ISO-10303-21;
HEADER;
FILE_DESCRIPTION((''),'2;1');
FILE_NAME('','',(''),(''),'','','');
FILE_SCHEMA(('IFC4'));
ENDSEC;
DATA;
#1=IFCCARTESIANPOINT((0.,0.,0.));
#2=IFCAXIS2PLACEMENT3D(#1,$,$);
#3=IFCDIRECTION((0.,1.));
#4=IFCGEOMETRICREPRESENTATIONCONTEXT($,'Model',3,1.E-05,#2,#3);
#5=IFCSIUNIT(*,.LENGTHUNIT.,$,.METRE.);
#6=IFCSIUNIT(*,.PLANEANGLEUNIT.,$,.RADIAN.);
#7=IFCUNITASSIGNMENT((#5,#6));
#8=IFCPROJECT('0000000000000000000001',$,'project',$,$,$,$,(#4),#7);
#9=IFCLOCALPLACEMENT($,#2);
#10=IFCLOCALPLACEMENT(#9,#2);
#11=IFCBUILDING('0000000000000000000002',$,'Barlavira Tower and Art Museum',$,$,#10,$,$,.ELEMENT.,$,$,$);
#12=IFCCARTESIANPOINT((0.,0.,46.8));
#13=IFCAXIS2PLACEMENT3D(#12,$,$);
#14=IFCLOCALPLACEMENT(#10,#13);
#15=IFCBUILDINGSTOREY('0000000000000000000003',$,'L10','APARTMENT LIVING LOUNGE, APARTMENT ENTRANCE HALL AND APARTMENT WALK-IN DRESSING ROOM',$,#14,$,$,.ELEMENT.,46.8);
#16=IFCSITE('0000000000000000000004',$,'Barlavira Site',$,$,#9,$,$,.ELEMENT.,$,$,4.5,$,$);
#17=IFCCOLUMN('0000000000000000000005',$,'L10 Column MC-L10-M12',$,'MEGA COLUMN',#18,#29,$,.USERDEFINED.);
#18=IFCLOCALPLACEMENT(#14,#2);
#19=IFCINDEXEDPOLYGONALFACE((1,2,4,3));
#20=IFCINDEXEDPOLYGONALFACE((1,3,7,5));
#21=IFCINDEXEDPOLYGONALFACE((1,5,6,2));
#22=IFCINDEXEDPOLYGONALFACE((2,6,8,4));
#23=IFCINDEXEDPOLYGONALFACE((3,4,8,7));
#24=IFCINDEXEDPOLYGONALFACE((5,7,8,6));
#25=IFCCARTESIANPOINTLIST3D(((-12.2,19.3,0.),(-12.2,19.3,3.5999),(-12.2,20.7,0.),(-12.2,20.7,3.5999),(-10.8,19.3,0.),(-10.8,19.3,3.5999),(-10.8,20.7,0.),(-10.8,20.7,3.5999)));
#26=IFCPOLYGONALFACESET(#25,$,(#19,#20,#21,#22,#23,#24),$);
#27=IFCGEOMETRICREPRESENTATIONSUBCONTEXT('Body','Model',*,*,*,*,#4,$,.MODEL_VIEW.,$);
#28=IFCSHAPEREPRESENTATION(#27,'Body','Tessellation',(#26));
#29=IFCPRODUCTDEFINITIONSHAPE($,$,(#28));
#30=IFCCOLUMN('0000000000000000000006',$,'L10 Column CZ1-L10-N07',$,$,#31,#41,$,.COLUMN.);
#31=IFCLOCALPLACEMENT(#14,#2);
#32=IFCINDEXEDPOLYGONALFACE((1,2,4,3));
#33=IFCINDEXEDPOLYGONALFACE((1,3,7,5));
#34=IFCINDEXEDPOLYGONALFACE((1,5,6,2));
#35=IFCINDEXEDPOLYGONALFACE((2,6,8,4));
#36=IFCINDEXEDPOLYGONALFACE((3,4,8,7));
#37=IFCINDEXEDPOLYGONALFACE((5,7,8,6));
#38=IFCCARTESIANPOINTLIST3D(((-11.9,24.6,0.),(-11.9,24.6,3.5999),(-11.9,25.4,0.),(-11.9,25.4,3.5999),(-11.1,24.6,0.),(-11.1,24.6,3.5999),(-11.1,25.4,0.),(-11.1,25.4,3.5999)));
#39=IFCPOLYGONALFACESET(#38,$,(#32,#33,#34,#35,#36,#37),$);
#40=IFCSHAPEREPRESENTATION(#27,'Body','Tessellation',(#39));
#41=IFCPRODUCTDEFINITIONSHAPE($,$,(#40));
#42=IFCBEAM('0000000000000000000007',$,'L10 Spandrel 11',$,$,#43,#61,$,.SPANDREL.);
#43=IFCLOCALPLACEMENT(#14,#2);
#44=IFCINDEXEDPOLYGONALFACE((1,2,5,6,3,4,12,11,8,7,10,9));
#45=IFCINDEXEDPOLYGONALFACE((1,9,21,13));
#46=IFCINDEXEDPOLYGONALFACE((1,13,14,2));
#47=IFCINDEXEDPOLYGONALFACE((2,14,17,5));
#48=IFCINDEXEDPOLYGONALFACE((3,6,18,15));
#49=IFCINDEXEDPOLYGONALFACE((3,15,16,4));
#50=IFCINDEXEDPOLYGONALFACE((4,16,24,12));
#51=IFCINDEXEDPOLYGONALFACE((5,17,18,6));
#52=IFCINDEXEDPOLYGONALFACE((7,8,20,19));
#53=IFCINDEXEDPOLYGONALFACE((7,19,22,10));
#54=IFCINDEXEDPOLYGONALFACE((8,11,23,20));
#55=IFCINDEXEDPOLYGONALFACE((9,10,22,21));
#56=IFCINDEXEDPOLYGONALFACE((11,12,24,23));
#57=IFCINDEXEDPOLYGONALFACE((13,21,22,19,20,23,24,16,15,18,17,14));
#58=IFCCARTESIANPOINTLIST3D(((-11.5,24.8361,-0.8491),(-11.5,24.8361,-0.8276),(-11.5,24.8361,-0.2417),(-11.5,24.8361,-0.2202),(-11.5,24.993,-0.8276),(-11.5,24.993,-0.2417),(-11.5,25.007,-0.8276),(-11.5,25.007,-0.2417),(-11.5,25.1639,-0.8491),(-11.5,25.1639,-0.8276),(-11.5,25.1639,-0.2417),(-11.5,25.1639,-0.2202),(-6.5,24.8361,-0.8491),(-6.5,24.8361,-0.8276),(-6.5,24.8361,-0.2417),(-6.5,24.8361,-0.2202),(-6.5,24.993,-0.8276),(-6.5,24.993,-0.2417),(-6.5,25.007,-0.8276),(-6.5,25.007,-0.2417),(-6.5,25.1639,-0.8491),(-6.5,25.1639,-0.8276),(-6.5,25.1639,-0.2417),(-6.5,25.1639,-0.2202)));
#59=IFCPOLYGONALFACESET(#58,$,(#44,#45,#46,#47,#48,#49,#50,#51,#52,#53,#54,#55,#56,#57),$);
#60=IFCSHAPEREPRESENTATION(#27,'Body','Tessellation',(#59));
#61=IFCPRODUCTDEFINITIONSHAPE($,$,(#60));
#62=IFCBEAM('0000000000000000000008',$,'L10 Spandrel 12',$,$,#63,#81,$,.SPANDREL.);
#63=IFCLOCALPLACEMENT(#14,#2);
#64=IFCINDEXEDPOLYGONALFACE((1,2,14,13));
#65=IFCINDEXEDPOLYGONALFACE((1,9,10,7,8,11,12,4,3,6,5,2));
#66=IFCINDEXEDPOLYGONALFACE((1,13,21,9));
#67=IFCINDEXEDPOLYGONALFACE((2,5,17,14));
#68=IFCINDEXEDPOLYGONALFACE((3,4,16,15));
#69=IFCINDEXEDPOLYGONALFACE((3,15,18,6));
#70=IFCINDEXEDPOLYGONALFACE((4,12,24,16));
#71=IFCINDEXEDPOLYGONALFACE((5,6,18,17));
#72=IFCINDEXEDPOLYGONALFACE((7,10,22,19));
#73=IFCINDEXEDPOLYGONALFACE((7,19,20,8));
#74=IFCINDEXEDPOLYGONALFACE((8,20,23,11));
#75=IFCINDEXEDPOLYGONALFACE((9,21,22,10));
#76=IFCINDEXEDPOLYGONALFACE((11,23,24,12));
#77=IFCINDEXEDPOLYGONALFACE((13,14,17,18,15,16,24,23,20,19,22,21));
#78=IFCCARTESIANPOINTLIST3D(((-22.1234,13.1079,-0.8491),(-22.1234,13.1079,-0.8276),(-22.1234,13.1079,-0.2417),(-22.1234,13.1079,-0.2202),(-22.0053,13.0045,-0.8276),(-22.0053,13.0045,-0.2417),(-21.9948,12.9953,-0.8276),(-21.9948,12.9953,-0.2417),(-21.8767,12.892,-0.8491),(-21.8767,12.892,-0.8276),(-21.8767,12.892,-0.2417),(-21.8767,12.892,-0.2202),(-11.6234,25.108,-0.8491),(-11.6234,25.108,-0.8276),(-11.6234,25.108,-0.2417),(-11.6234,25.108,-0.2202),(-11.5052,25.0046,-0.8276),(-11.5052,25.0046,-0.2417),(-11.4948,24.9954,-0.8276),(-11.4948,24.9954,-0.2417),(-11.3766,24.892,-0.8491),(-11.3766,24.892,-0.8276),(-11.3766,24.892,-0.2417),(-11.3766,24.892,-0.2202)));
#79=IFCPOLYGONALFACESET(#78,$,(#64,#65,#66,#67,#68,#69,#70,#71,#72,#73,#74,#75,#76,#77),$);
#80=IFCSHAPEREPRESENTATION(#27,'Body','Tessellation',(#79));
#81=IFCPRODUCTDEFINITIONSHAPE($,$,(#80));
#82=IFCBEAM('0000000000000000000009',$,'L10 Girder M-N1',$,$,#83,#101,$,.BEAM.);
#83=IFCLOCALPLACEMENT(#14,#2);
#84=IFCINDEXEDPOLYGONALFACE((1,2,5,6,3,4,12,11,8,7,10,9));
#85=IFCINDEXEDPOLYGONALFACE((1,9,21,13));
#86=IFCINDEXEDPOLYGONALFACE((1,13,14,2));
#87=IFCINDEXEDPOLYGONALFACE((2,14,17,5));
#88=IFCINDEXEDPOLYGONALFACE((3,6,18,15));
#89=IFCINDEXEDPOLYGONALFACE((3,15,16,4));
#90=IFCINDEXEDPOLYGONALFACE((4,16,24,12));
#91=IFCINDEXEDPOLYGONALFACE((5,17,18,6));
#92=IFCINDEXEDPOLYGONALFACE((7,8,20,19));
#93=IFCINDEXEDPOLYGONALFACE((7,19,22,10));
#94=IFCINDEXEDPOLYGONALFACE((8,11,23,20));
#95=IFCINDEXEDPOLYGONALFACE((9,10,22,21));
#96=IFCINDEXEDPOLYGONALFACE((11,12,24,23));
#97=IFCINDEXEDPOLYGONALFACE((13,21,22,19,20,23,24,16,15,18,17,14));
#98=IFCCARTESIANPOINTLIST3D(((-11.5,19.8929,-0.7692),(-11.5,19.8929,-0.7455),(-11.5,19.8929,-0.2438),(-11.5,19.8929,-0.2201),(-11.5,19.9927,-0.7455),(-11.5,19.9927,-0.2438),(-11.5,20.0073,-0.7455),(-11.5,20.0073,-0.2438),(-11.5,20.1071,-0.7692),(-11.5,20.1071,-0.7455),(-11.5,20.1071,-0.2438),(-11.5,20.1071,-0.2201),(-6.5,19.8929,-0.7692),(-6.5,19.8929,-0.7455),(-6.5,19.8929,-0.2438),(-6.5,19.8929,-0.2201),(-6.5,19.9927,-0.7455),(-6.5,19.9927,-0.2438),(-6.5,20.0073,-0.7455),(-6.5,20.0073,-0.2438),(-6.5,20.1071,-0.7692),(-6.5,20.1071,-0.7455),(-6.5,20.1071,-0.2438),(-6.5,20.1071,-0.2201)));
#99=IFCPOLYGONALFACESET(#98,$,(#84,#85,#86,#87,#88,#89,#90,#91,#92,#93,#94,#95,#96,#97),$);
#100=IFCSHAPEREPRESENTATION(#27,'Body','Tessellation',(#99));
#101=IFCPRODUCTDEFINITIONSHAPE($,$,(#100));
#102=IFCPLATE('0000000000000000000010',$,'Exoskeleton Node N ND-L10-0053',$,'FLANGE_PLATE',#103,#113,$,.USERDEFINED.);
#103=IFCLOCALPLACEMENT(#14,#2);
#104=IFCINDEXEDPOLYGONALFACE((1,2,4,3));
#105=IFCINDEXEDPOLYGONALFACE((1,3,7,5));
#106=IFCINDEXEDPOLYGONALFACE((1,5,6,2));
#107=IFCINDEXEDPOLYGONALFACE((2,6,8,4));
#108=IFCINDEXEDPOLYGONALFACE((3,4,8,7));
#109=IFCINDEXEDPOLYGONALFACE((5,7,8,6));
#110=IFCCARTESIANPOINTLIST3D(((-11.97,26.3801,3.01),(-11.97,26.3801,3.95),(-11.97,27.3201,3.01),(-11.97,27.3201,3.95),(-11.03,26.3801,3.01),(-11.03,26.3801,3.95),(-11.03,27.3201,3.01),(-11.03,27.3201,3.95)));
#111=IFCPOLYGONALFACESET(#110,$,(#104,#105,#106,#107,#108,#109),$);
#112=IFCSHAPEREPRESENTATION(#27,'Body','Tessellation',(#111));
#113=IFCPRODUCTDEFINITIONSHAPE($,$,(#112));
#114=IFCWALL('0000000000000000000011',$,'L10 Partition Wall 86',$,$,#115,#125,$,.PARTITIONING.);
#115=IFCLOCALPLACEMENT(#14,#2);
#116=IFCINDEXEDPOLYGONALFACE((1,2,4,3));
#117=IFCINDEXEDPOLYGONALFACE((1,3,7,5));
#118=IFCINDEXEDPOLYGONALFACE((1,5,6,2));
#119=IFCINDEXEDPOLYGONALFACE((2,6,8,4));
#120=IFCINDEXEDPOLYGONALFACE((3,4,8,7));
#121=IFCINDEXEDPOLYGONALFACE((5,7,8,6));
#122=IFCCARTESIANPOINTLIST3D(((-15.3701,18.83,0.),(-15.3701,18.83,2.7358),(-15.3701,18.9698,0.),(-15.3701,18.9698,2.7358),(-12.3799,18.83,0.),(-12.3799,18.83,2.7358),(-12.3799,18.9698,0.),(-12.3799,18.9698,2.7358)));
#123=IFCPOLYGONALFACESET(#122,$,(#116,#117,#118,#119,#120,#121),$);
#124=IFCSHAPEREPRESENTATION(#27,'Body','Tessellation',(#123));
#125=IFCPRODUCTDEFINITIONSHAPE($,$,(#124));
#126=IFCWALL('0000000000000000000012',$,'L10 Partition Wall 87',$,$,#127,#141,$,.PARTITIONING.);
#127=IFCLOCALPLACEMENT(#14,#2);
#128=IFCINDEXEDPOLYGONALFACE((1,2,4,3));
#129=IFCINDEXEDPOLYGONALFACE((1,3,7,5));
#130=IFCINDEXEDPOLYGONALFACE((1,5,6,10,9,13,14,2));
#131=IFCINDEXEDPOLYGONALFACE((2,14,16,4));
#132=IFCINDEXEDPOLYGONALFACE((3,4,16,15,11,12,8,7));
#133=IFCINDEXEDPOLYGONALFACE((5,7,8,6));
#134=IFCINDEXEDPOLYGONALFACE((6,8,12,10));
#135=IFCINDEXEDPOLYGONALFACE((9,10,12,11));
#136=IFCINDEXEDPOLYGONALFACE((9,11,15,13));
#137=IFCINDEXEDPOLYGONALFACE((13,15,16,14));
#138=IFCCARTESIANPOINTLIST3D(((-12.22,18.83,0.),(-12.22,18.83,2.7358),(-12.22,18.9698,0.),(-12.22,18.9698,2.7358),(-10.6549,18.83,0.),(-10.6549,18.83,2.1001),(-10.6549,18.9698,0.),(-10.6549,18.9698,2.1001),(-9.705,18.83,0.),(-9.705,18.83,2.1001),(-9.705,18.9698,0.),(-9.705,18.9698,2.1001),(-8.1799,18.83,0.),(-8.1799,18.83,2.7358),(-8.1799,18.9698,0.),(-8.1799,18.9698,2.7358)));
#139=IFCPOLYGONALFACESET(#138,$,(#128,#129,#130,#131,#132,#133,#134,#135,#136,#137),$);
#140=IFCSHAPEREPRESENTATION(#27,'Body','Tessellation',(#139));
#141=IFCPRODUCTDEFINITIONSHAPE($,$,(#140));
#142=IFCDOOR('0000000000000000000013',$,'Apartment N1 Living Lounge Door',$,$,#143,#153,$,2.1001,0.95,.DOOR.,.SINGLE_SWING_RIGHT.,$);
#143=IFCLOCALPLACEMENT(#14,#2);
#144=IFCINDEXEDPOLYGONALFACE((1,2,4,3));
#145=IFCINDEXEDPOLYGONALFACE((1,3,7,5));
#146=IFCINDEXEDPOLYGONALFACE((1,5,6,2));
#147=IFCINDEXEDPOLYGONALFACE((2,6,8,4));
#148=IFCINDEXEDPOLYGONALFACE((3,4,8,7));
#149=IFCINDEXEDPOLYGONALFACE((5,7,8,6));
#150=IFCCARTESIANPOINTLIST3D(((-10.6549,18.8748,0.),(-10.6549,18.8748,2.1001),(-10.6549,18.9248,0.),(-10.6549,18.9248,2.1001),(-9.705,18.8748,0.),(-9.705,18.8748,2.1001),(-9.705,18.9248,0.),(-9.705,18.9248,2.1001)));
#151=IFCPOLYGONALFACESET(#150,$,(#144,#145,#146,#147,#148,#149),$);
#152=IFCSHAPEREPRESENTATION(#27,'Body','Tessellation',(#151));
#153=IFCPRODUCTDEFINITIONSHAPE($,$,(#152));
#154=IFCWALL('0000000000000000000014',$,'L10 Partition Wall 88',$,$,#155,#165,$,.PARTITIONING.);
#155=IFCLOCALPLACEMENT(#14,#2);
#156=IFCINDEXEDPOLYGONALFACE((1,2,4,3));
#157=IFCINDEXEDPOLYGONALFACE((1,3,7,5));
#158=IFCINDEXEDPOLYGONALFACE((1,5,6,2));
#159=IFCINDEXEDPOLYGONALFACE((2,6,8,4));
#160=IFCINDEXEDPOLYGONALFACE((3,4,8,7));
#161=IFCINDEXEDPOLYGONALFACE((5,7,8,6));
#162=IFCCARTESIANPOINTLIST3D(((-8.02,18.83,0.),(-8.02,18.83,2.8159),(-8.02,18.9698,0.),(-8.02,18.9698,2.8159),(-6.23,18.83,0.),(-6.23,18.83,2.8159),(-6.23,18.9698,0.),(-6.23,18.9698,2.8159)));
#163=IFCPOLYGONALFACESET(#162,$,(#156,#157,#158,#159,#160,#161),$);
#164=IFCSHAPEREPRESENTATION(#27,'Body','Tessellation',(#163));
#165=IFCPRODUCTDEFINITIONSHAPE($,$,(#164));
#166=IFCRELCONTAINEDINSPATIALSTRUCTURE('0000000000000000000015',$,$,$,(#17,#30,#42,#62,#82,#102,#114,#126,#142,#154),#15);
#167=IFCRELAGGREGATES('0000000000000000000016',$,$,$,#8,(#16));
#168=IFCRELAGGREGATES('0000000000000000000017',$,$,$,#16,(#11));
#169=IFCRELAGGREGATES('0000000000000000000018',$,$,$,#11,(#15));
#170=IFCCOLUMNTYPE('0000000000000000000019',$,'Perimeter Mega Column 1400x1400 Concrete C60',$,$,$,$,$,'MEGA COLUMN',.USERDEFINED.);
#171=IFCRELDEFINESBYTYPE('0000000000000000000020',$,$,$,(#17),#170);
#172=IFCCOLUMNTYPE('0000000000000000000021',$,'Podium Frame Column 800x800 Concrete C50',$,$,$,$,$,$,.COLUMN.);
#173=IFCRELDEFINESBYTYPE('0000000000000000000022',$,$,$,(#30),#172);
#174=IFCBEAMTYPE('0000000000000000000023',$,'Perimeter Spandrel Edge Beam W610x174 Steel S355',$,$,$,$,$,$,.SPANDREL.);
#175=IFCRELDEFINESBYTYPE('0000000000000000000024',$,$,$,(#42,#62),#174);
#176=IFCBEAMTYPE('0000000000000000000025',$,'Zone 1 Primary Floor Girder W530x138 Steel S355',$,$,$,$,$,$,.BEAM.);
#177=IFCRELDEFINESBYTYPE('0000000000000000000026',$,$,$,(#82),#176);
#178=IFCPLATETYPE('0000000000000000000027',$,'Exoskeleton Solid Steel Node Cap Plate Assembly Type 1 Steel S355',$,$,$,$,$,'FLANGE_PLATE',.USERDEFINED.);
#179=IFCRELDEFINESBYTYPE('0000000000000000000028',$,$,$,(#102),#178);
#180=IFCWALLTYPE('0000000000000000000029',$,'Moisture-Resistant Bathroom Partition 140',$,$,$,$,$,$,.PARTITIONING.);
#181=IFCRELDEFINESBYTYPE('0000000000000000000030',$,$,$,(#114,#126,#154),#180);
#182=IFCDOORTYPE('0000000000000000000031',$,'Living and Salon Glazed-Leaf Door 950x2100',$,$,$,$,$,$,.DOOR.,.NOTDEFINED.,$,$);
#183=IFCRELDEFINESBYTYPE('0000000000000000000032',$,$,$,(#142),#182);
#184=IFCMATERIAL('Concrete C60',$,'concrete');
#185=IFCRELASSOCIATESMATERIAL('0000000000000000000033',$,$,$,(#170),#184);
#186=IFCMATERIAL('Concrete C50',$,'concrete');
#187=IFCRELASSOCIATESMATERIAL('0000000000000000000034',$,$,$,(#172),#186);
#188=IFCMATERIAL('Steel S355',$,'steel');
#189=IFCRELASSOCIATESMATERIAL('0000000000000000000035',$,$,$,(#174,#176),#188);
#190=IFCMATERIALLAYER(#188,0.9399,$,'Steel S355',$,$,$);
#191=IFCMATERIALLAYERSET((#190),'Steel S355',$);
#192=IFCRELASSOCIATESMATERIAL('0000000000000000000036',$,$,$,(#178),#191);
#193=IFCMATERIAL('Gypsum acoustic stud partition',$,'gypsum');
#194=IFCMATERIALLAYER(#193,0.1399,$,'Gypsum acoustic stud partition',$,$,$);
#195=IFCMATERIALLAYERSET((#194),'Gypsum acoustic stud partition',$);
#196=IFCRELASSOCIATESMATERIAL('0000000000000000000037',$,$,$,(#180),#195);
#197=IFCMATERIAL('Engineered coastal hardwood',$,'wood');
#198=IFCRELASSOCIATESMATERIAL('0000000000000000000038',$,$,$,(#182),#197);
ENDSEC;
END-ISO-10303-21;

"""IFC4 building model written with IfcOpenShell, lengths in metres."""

from ifc_helpers import new_model, si_unit, direction, frame, frame_2d, origin, origin_2d, place, context, subcontext, project, spatial, rectangle, i_section, extrude, material, layer, layer_set, material_profile, profile_set, type_object, element, fill, save


model = new_model("IFC4")

# Units and contexts
model_context = context("Model", 3, precision=1e-05, world=origin(), true_north=direction((0.0, 1.0)))
body_context = subcontext(model_context, "Body", "Model", "MODEL_VIEW")
ifc_project = project(units=[si_unit("LENGTHUNIT", "METRE"), si_unit("PLANEANGLEUNIT", "RADIAN")], contexts=[model_context])

# Site, building, storey
site_placement = place(None, origin())
site = spatial("IfcSite", under=ifc_project, at=site_placement, Name="Barlavira Site", CompositionType="ELEMENT", RefElevation=4.5)
building_placement = place(site_placement, origin())
building = spatial("IfcBuilding", under=site, at=building_placement, Name="Barlavira Tower and Art Museum", CompositionType="ELEMENT")
storey_placement = place(building_placement, frame((0.0, 0.0, 46.8)))
storey = spatial("IfcBuildingStorey", under=building, at=storey_placement, Name="L10", Description="APARTMENT LIVING LOUNGE, APARTMENT ENTRANCE HALL AND APARTMENT WALK-IN DRESSING ROOM", CompositionType="ELEMENT", Elevation=46.8)

# Columns
ifc_material_1 = material(Name="Concrete C60", Category="concrete")
ifc_material_profile_1 = material_profile(ifc_material_1, rectangle(XDim=1.3999, YDim=1.3999, at=origin_2d()), Name="RC-MCOL 1400x1400")
ifc_profile_set_1 = profile_set([ifc_material_profile_1], Name="Concrete C60")
column_type_1 = type_object("IfcColumnType", Name="Perimeter Mega Column 1400x1400 Concrete C60", ElementType="MEGA COLUMN", PredefinedType="USERDEFINED", material=ifc_profile_set_1)
column_1_placement = place(storey_placement, frame((-11.5, 20.0, 0.0), z_axis=(0.0, 0.0, 1.0), x_axis=(1.0, 0.0, 0.0)))
element("IfcColumn", 1, at=column_1_placement, inside=storey, type_object=column_type_1, Name="L10 Column MC-L10-M12", ObjectType="MEGA COLUMN", PredefinedType="USERDEFINED", context=body_context, shape_type="SweptSolid", body=[
    extrude(rectangle(XDim=1.3999, YDim=1.3999, at=origin_2d()), origin(), (0.0, 0.0, 1.0), 3.5999),
])
ifc_material_2 = material(Name="Concrete C50", Category="concrete")
ifc_material_profile_2 = material_profile(ifc_material_2, rectangle(XDim=0.8, YDim=0.8, at=origin_2d()), Name="RC-COL 800x800")
ifc_profile_set_2 = profile_set([ifc_material_profile_2], Name="Concrete C50")
column_type_2 = type_object("IfcColumnType", Name="Podium Frame Column 800x800 Concrete C50", PredefinedType="COLUMN", material=ifc_profile_set_2)
column_2_placement = place(storey_placement, frame((-11.5, 25.0, 0.0), z_axis=(0.0, 0.0, 1.0), x_axis=(1.0, 0.0, 0.0)))
element("IfcColumn", 2, at=column_2_placement, inside=storey, type_object=column_type_2, Name="L10 Column CZ1-L10-N07", PredefinedType="COLUMN", context=body_context, shape_type="SweptSolid", body=[
    extrude(rectangle(XDim=0.8, YDim=0.8, at=origin_2d()), origin(), (0.0, 0.0, 1.0), 3.5999),
])

# Beams
ifc_material_3 = material(Name="Steel S355", Category="steel")
ifc_material_profile_3 = material_profile(ifc_material_3, i_section(OverallWidth=0.3279, OverallDepth=0.6289, WebThickness=0.0139, FlangeThickness=0.0215, at=origin_2d()), Name="W610x174.0")
ifc_profile_set_3 = profile_set([ifc_material_profile_3], Name="Steel S355")
beam_type_1 = type_object("IfcBeamType", Name="Perimeter Spandrel Edge Beam W610x174 Steel S355", PredefinedType="SPANDREL", material=ifc_profile_set_3)
beam_1_placement = place(storey_placement, frame((-11.5, 25.0, -0.5347), z_axis=(1.0, 0.0, 0.0), x_axis=(0.0, 1.0, 0.0)))
element("IfcBeam", 3, at=beam_1_placement, inside=storey, type_object=beam_type_1, Name="L10 Spandrel 11", PredefinedType="SPANDREL", context=body_context, shape_type="SweptSolid", body=[
    extrude(i_section(OverallWidth=0.3279, OverallDepth=0.6289, WebThickness=0.0139, FlangeThickness=0.0215, at=origin_2d()), origin(), (0.0, 0.0, 1.0), 5.0),
])
beam_2_placement = place(storey_placement, frame((-11.5, 25.0, -0.5347), z_axis=(-0.658505, -0.752577, 0.0), x_axis=(0.752577, -0.658505, 0.0)))
element("IfcBeam", 4, at=beam_2_placement, inside=storey, type_object=beam_type_1, Name="L10 Spandrel 12", PredefinedType="SPANDREL", context=body_context, shape_type="SweptSolid", body=[
    extrude(i_section(OverallWidth=0.3279, OverallDepth=0.6289, WebThickness=0.0139, FlangeThickness=0.0215, at=origin_2d()), origin(), (0.0, 0.0, 1.0), 15.9453),
])
ifc_material_profile_4 = material_profile(ifc_material_3, i_section(OverallWidth=0.2141, OverallDepth=0.5491, WebThickness=0.0146, FlangeThickness=0.0237, at=origin_2d()), Name="W530x138.0")
ifc_profile_set_4 = profile_set([ifc_material_profile_4], Name="Steel S355")
beam_type_2 = type_object("IfcBeamType", Name="Zone 1 Primary Floor Girder W530x138 Steel S355", PredefinedType="BEAM", material=ifc_profile_set_4)
beam_3_placement = place(storey_placement, frame((-11.5, 20.0, -0.4946), z_axis=(1.0, 0.0, 0.0), x_axis=(0.0, 1.0, 0.0)))
element("IfcBeam", 5, at=beam_3_placement, inside=storey, type_object=beam_type_2, Name="L10 Girder M-N1", PredefinedType="BEAM", context=body_context, shape_type="SweptSolid", body=[
    extrude(i_section(OverallWidth=0.2141, OverallDepth=0.5491, WebThickness=0.0146, FlangeThickness=0.0237, at=origin_2d()), origin(), (0.0, 0.0, 1.0), 5.0),
])

# Plate
ifc_layer_1 = layer(ifc_material_3, 0.9399, Name="Steel S355")
ifc_layer_set_1 = layer_set([ifc_layer_1], Name="Steel S355")
plate_type = type_object("IfcPlateType", Name="Exoskeleton Solid Steel Node Cap Plate Assembly Type 1 Steel S355", ElementType="FLANGE_PLATE", PredefinedType="USERDEFINED", material=ifc_layer_set_1)
plate_placement = place(storey_placement, frame((-11.5, 26.8501, 3.01), z_axis=(0.0, 0.0, 1.0), x_axis=(1.0, 0.0, 0.0)))
element("IfcPlate", 6, at=plate_placement, inside=storey, type_object=plate_type, Name="Exoskeleton Node N ND-L10-0053", ObjectType="FLANGE_PLATE", PredefinedType="USERDEFINED", context=body_context, shape_type="SweptSolid", body=[
    extrude(rectangle(XDim=0.9399, YDim=0.9399, at=origin_2d()), origin(), (0.0, 0.0, 1.0), 0.9399),
])

# Wall
ifc_material_4 = material(Name="Gypsum acoustic stud partition", Category="gypsum")
ifc_layer_2 = layer(ifc_material_4, 0.1399, Name="Gypsum acoustic stud partition")
ifc_layer_set_2 = layer_set([ifc_layer_2], Name="Gypsum acoustic stud partition")
wall_type_1 = type_object("IfcWallType", Name="Moisture-Resistant Bathroom Partition 140", PredefinedType="PARTITIONING", material=ifc_layer_set_2)
wall_1_placement = place(storey_placement, frame((-15.3701, 18.8999, 0.0), z_axis=(0.0, 0.0, 1.0), x_axis=(1.0, 0.0, 0.0)))
element("IfcWall", 7, at=wall_1_placement, inside=storey, type_object=wall_type_1, Name="L10 Partition Wall 86", PredefinedType="PARTITIONING", context=body_context, shape_type="SweptSolid", body=[
    extrude(rectangle(XDim=2.9902, YDim=0.1399, at=frame_2d((1.4951, 0.0))), origin(), (0.0, 0.0, 1.0), 2.7358),
])

# Wall, opening, door
wall_2_placement = place(storey_placement, frame((-12.22, 18.8999, 0.0), z_axis=(0.0, 0.0, 1.0), x_axis=(1.0, 0.0, 0.0)))
wall_2 = element("IfcWall", 8, at=wall_2_placement, inside=storey, type_object=wall_type_1, Name="L10 Partition Wall 87", PredefinedType="PARTITIONING", context=body_context, shape_type="SweptSolid", body=[
    extrude(rectangle(XDim=4.04, YDim=0.1399, at=frame_2d((2.02, 0.0))), origin(), (0.0, 0.0, 1.0), 2.7358),
])
opening_1_placement = place(wall_2_placement, frame((1.5649, 0.0, 0.0)))
opening_1 = element("IfcOpeningElement", 9, at=opening_1_placement, cuts=wall_2, PredefinedType="OPENING", context=body_context, shape_type="SweptSolid", body=[
    extrude(rectangle(XDim=0.95, YDim=2.1001, at=frame_2d((0.4751, 1.05))), frame((0.0, 0.0801, 0.0), z_axis=(0.0, -1.0, 0.0), x_axis=(1.0, 0.0, 0.0)), (0.0, 0.0, 1.0), 0.1599),
])
ifc_material_5 = material(Name="Engineered coastal hardwood", Category="wood")
door_type = type_object("IfcDoorType", Name="Living and Salon Glazed-Leaf Door 950x2100", OperationType="NOTDEFINED", PredefinedType="DOOR", material=ifc_material_5)
door_placement = place(opening_1_placement, origin())
door = element("IfcDoor", 10, at=door_placement, inside=storey, type_object=door_type, Name="Apartment N1 Living Lounge Door", OperationType="SINGLE_SWING_RIGHT", OverallHeight=2.1001, OverallWidth=0.95, PredefinedType="DOOR", context=body_context, shape_type="SweptSolid", body=[
    extrude(rectangle(XDim=0.95, YDim=2.1001, at=frame_2d((0.4751, 1.05))), frame((0.0, 0.0249, 0.0), z_axis=(0.0, -1.0, 0.0), x_axis=(1.0, 0.0, 0.0)), (0.0, 0.0, 1.0), 0.05),
])
fill(opening_1, door)

# Wall
wall_3_placement = place(storey_placement, frame((-8.02, 18.8999, 0.0), z_axis=(0.0, 0.0, 1.0), x_axis=(1.0, 0.0, 0.0)))
element("IfcWall", 11, at=wall_3_placement, inside=storey, type_object=wall_type_1, Name="L10 Partition Wall 88", PredefinedType="PARTITIONING", context=body_context, shape_type="SweptSolid", body=[
    extrude(rectangle(XDim=1.79, YDim=0.1399, at=frame_2d((0.895, 0.0))), origin(), (0.0, 0.0, 1.0), 2.8159),
])

save(model, "model.ifc")
